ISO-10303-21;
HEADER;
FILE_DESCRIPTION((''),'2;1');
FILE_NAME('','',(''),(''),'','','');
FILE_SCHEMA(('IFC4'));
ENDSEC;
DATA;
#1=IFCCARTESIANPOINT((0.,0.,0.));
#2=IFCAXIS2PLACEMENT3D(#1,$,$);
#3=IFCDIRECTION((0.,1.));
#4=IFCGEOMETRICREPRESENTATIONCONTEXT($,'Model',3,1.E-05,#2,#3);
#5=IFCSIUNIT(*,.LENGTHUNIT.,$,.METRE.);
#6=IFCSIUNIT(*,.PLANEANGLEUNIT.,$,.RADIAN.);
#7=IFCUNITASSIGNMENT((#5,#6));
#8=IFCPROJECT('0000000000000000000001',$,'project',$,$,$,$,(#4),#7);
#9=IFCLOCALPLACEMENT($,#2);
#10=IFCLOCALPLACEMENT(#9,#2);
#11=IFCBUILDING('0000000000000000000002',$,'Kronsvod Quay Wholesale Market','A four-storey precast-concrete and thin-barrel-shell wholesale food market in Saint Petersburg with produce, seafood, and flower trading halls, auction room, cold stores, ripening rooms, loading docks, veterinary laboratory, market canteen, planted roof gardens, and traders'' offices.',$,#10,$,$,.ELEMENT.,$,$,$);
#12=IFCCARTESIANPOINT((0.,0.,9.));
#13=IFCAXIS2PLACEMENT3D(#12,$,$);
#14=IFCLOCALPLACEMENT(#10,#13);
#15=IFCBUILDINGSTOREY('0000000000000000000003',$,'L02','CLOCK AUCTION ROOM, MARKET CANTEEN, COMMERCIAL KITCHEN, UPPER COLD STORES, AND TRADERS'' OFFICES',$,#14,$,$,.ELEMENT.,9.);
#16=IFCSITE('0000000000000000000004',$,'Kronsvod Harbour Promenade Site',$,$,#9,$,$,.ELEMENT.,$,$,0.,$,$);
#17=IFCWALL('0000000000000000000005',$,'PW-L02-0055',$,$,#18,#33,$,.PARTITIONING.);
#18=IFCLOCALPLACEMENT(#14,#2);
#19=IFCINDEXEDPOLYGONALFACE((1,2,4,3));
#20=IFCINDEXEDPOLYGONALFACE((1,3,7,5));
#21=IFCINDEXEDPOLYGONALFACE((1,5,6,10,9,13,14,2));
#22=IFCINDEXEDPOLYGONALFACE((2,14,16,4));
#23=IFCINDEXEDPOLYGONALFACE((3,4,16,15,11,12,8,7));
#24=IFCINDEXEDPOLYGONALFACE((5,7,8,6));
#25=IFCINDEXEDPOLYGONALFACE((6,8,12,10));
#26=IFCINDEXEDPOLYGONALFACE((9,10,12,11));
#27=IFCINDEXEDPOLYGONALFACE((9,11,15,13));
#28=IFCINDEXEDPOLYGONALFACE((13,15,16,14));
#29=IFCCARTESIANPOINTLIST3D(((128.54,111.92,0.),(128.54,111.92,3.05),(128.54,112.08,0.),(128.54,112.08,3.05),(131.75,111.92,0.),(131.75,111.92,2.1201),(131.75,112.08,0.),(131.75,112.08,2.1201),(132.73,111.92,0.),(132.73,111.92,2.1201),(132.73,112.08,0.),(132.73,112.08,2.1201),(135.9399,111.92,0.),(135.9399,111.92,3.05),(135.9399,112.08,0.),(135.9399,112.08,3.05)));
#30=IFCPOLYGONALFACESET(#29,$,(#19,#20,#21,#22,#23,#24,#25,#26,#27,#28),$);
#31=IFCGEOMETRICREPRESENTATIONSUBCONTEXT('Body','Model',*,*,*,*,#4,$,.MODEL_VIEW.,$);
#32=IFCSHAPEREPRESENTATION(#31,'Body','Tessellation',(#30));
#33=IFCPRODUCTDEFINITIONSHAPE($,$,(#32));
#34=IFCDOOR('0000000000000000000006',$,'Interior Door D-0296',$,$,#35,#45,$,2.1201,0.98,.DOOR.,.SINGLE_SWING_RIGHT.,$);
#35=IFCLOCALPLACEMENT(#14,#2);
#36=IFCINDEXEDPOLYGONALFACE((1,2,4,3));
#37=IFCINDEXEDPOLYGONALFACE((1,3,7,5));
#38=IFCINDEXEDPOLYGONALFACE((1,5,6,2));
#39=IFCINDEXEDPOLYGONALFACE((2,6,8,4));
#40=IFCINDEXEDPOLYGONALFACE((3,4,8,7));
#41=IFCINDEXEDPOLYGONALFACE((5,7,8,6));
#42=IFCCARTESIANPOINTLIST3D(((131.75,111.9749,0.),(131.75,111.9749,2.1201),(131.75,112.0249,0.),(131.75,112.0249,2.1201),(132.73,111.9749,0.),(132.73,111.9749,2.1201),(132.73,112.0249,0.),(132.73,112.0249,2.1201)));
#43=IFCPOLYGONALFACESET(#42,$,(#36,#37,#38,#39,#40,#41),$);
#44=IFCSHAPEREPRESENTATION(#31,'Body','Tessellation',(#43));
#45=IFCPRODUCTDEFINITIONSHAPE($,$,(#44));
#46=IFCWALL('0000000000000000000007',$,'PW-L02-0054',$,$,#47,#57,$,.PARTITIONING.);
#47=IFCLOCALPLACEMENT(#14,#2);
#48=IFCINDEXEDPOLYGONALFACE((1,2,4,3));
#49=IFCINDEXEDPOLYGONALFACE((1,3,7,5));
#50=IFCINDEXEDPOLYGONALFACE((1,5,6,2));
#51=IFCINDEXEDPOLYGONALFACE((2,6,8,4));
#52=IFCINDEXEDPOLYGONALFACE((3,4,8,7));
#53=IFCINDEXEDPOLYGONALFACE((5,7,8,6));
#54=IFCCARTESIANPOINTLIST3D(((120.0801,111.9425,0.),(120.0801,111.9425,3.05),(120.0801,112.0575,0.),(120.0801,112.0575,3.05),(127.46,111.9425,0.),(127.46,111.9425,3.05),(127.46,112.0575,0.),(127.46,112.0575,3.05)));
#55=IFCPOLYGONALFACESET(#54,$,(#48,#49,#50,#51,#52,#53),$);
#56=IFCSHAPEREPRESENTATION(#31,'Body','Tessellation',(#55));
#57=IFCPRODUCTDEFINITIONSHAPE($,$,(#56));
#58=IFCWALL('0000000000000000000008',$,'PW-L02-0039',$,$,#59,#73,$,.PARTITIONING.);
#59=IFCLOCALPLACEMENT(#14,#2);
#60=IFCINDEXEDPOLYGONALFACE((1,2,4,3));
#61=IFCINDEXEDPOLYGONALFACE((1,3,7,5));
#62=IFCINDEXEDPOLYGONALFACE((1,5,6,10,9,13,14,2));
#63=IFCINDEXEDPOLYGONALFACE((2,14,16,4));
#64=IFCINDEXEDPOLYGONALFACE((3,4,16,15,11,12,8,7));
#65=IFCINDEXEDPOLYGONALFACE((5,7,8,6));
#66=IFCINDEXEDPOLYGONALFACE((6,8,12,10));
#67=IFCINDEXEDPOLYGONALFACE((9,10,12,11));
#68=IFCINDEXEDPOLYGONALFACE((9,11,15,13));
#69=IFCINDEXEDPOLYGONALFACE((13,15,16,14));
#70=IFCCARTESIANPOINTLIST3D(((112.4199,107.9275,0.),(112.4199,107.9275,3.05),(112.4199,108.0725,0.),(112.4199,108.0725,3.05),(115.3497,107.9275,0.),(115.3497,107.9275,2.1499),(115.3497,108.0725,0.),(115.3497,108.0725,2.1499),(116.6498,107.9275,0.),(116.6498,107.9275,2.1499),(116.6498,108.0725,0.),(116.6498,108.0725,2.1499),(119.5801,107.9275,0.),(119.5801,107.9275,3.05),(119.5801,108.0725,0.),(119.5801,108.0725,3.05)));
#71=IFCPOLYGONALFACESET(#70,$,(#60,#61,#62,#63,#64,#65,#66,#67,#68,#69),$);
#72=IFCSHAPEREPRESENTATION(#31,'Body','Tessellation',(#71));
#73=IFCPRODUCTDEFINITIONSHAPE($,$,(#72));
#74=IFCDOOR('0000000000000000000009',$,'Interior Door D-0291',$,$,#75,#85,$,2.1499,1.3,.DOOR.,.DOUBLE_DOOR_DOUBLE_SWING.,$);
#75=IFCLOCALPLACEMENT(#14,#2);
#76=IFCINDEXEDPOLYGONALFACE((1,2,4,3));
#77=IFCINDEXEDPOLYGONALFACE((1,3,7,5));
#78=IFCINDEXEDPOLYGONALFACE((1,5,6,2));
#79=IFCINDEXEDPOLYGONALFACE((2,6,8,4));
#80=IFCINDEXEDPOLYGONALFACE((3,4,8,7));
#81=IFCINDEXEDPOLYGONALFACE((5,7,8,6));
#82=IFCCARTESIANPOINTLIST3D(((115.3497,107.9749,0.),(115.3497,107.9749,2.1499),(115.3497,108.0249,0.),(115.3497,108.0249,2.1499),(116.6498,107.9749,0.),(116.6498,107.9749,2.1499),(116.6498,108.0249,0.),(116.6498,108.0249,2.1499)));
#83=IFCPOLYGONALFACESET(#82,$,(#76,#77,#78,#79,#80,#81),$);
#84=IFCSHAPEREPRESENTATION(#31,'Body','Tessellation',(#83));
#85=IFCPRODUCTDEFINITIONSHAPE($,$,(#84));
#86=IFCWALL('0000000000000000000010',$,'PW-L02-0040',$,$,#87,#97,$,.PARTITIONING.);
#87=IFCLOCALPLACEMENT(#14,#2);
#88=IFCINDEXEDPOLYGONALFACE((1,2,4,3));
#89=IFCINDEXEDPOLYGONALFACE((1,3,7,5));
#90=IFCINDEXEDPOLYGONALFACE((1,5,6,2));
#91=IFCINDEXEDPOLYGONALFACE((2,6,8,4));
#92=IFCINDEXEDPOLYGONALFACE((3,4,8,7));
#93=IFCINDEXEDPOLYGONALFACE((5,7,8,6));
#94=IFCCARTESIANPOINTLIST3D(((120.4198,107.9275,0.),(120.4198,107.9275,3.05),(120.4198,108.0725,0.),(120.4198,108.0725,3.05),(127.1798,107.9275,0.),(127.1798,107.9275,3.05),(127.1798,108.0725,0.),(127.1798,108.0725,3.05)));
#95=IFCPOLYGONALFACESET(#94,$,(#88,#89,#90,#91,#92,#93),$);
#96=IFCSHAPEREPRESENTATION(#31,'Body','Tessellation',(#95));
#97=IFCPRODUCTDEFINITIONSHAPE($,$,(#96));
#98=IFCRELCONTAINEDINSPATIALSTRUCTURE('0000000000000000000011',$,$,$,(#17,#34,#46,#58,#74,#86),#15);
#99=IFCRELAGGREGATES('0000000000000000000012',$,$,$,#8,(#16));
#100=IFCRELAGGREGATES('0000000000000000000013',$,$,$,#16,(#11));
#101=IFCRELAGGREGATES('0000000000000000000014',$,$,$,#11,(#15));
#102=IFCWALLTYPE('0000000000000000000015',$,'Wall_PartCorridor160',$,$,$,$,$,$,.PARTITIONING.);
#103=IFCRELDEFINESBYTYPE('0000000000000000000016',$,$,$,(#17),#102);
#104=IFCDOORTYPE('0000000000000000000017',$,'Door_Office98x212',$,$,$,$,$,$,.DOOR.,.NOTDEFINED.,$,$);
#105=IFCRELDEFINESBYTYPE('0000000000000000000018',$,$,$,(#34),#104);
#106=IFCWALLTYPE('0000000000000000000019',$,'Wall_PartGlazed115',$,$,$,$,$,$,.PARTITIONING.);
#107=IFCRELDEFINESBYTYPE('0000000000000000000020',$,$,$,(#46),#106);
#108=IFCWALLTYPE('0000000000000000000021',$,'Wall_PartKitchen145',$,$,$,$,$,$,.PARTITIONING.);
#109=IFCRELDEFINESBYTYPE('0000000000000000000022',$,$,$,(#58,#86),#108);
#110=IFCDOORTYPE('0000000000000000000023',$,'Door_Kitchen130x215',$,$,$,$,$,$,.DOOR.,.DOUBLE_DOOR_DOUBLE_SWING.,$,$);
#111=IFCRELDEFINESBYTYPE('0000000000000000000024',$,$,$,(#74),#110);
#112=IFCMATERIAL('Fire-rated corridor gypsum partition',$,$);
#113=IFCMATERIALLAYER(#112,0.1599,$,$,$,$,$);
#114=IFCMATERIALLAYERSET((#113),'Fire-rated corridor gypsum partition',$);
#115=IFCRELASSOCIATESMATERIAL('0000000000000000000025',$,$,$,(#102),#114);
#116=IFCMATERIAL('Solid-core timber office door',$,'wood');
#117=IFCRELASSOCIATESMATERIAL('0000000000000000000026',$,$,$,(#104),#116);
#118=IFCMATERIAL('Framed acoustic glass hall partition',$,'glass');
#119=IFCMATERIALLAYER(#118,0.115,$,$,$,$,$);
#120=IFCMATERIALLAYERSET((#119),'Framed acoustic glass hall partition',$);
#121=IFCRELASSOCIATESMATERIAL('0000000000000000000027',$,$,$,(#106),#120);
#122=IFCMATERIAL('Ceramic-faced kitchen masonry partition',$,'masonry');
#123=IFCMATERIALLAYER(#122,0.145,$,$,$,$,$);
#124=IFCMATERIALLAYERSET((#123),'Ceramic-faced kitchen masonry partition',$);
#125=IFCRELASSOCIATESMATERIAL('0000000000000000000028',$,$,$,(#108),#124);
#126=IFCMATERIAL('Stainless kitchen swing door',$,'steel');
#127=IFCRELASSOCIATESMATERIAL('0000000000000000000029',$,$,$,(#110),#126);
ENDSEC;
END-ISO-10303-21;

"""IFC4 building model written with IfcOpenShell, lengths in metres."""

from ifc_helpers import new_model, si_unit, direction, frame, frame_2d, origin, place, context, subcontext, project, spatial, rectangle, extrude, material, layer, layer_set, type_object, element, fill, save


model = new_model("IFC4")

# Units and contexts
model_context = context("Model", 3, precision=1e-05, world=origin(), true_north=direction((0.0, 1.0)))
body_context = subcontext(model_context, "Body", "Model", "MODEL_VIEW")
ifc_project = project(units=[si_unit("LENGTHUNIT", "METRE"), si_unit("PLANEANGLEUNIT", "RADIAN")], contexts=[model_context])

# Site, building, storey
site_placement = place(None, origin())
site = spatial("IfcSite", under=ifc_project, at=site_placement, Name="Kronsvod Harbour Promenade Site", CompositionType="ELEMENT", RefElevation=0.0)
building_placement = place(site_placement, origin())
building = spatial("IfcBuilding", under=site, at=building_placement, Name="Kronsvod Quay Wholesale Market", Description="A four-storey precast-concrete and thin-barrel-shell wholesale food market in Saint Petersburg with produce, seafood, and flower trading halls, auction room, cold stores, ripening rooms, loading docks, veterinary laboratory, market canteen, planted roof gardens, and traders' offices.", CompositionType="ELEMENT")
storey_placement = place(building_placement, frame((0.0, 0.0, 9.0)))
storey = spatial("IfcBuildingStorey", under=building, at=storey_placement, Name="L02", Description="CLOCK AUCTION ROOM, MARKET CANTEEN, COMMERCIAL KITCHEN, UPPER COLD STORES, AND TRADERS' OFFICES", CompositionType="ELEMENT", Elevation=9.0)

# Wall, opening, door
ifc_material_1 = material(Name="Fire-rated corridor gypsum partition")
ifc_layer_1 = layer(ifc_material_1, 0.1599)
ifc_layer_set_1 = layer_set([ifc_layer_1], Name="Fire-rated corridor gypsum partition")
wall_type_1 = type_object("IfcWallType", Name="Wall_PartCorridor160", PredefinedType="PARTITIONING", material=ifc_layer_set_1)
wall_1_placement = place(storey_placement, frame((128.54, 112.0, 0.0), z_axis=(0.0, 0.0, 1.0), x_axis=(1.0, 0.0, 0.0)))
wall_1 = element("IfcWall", 1, at=wall_1_placement, inside=storey, type_object=wall_type_1, Name="PW-L02-0055", PredefinedType="PARTITIONING", context=body_context, shape_type="SweptSolid", body=[
    extrude(rectangle(XDim=7.3999, YDim=0.1599, at=frame_2d((3.7, 0.0))), origin(), (0.0, 0.0, 1.0), 3.05),
])
opening_1_placement = place(wall_1_placement, frame((3.21, 0.0, 0.0)))
opening_1 = element("IfcOpeningElement", 2, at=opening_1_placement, cuts=wall_1, PredefinedType="OPENING", context=body_context, shape_type="SweptSolid", body=[
    extrude(rectangle(XDim=0.98, YDim=2.1201, at=frame_2d((0.49, 1.0601))), frame((0.0, 0.0898, 0.0), z_axis=(0.0, -1.0, 0.0), x_axis=(1.0, 0.0, 0.0)), (0.0, 0.0, 1.0), 0.1799),
])
ifc_material_2 = material(Name="Solid-core timber office door", Category="wood")
door_type_1 = type_object("IfcDoorType", Name="Door_Office98x212", OperationType="NOTDEFINED", PredefinedType="DOOR", material=ifc_material_2)
door_1_placement = place(opening_1_placement, origin())
door_1 = element("IfcDoor", 3, at=door_1_placement, inside=storey, type_object=door_type_1, Name="Interior Door D-0296", OperationType="SINGLE_SWING_RIGHT", OverallHeight=2.1201, OverallWidth=0.98, PredefinedType="DOOR", context=body_context, shape_type="SweptSolid", body=[
    extrude(rectangle(XDim=0.98, YDim=2.1201, at=frame_2d((0.49, 1.0601))), frame((0.0, 0.0249, 0.0), z_axis=(0.0, -1.0, 0.0), x_axis=(1.0, 0.0, 0.0)), (0.0, 0.0, 1.0), 0.05),
])
fill(opening_1, door_1)

# Wall
ifc_material_3 = material(Name="Framed acoustic glass hall partition", Category="glass")
ifc_layer_2 = layer(ifc_material_3, 0.115)
ifc_layer_set_2 = layer_set([ifc_layer_2], Name="Framed acoustic glass hall partition")
wall_type_2 = type_object("IfcWallType", Name="Wall_PartGlazed115", PredefinedType="PARTITIONING", material=ifc_layer_set_2)
wall_2_placement = place(storey_placement, frame((120.0801, 112.0, 0.0), z_axis=(0.0, 0.0, 1.0), x_axis=(1.0, 0.0, 0.0)))
element("IfcWall", 4, at=wall_2_placement, inside=storey, type_object=wall_type_2, Name="PW-L02-0054", PredefinedType="PARTITIONING", context=body_context, shape_type="SweptSolid", body=[
    extrude(rectangle(XDim=7.3799, YDim=0.115, at=frame_2d((3.6899, 0.0))), origin(), (0.0, 0.0, 1.0), 3.05),
])

# Wall, opening, door
ifc_material_4 = material(Name="Ceramic-faced kitchen masonry partition", Category="masonry")
ifc_layer_3 = layer(ifc_material_4, 0.145)
ifc_layer_set_3 = layer_set([ifc_layer_3], Name="Ceramic-faced kitchen masonry partition")
wall_type_3 = type_object("IfcWallType", Name="Wall_PartKitchen145", PredefinedType="PARTITIONING", material=ifc_layer_set_3)
wall_3_placement = place(storey_placement, frame((112.4199, 108.0, 0.0), z_axis=(0.0, 0.0, 1.0), x_axis=(1.0, 0.0, 0.0)))
wall_3 = element("IfcWall", 5, at=wall_3_placement, inside=storey, type_object=wall_type_3, Name="PW-L02-0039", PredefinedType="PARTITIONING", context=body_context, shape_type="SweptSolid", body=[
    extrude(rectangle(XDim=7.1602, YDim=0.145, at=frame_2d((3.5801, 0.0))), origin(), (0.0, 0.0, 1.0), 3.05),
])
opening_2_placement = place(wall_3_placement, frame((2.9299, 0.0, 0.0)))
opening_2 = element("IfcOpeningElement", 6, at=opening_2_placement, cuts=wall_3, PredefinedType="OPENING", context=body_context, shape_type="SweptSolid", body=[
    extrude(rectangle(XDim=1.3, YDim=2.1499, at=frame_2d((0.6499, 1.075))), frame((0.0, 0.0825, 0.0), z_axis=(0.0, -1.0, 0.0), x_axis=(1.0, 0.0, 0.0)), (0.0, 0.0, 1.0), 0.165),
])
ifc_material_5 = material(Name="Stainless kitchen swing door", Category="steel")
door_type_2 = type_object("IfcDoorType", Name="Door_Kitchen130x215", OperationType="DOUBLE_DOOR_DOUBLE_SWING", PredefinedType="DOOR", material=ifc_material_5)
door_2_placement = place(opening_2_placement, origin())
door_2 = element("IfcDoor", 7, at=door_2_placement, inside=storey, type_object=door_type_2, Name="Interior Door D-0291", OperationType="DOUBLE_DOOR_DOUBLE_SWING", OverallHeight=2.1499, OverallWidth=1.3, PredefinedType="DOOR", context=body_context, shape_type="SweptSolid", body=[
    extrude(rectangle(XDim=1.3, YDim=2.1499, at=frame_2d((0.6499, 1.075))), frame((0.0, 0.0249, 0.0), z_axis=(0.0, -1.0, 0.0), x_axis=(1.0, 0.0, 0.0)), (0.0, 0.0, 1.0), 0.05),
])
fill(opening_2, door_2)

# Wall
wall_4_placement = place(storey_placement, frame((120.4199, 108.0, 0.0), z_axis=(0.0, 0.0, 1.0), x_axis=(1.0, 0.0, 0.0)))
element("IfcWall", 8, at=wall_4_placement, inside=storey, type_object=wall_type_3, Name="PW-L02-0040", PredefinedType="PARTITIONING", context=body_context, shape_type="SweptSolid", body=[
    extrude(rectangle(XDim=6.76, YDim=0.145, at=frame_2d((3.3799, 0.0))), origin(), (0.0, 0.0, 1.0), 3.05),
])

save(model, "model.ifc")
